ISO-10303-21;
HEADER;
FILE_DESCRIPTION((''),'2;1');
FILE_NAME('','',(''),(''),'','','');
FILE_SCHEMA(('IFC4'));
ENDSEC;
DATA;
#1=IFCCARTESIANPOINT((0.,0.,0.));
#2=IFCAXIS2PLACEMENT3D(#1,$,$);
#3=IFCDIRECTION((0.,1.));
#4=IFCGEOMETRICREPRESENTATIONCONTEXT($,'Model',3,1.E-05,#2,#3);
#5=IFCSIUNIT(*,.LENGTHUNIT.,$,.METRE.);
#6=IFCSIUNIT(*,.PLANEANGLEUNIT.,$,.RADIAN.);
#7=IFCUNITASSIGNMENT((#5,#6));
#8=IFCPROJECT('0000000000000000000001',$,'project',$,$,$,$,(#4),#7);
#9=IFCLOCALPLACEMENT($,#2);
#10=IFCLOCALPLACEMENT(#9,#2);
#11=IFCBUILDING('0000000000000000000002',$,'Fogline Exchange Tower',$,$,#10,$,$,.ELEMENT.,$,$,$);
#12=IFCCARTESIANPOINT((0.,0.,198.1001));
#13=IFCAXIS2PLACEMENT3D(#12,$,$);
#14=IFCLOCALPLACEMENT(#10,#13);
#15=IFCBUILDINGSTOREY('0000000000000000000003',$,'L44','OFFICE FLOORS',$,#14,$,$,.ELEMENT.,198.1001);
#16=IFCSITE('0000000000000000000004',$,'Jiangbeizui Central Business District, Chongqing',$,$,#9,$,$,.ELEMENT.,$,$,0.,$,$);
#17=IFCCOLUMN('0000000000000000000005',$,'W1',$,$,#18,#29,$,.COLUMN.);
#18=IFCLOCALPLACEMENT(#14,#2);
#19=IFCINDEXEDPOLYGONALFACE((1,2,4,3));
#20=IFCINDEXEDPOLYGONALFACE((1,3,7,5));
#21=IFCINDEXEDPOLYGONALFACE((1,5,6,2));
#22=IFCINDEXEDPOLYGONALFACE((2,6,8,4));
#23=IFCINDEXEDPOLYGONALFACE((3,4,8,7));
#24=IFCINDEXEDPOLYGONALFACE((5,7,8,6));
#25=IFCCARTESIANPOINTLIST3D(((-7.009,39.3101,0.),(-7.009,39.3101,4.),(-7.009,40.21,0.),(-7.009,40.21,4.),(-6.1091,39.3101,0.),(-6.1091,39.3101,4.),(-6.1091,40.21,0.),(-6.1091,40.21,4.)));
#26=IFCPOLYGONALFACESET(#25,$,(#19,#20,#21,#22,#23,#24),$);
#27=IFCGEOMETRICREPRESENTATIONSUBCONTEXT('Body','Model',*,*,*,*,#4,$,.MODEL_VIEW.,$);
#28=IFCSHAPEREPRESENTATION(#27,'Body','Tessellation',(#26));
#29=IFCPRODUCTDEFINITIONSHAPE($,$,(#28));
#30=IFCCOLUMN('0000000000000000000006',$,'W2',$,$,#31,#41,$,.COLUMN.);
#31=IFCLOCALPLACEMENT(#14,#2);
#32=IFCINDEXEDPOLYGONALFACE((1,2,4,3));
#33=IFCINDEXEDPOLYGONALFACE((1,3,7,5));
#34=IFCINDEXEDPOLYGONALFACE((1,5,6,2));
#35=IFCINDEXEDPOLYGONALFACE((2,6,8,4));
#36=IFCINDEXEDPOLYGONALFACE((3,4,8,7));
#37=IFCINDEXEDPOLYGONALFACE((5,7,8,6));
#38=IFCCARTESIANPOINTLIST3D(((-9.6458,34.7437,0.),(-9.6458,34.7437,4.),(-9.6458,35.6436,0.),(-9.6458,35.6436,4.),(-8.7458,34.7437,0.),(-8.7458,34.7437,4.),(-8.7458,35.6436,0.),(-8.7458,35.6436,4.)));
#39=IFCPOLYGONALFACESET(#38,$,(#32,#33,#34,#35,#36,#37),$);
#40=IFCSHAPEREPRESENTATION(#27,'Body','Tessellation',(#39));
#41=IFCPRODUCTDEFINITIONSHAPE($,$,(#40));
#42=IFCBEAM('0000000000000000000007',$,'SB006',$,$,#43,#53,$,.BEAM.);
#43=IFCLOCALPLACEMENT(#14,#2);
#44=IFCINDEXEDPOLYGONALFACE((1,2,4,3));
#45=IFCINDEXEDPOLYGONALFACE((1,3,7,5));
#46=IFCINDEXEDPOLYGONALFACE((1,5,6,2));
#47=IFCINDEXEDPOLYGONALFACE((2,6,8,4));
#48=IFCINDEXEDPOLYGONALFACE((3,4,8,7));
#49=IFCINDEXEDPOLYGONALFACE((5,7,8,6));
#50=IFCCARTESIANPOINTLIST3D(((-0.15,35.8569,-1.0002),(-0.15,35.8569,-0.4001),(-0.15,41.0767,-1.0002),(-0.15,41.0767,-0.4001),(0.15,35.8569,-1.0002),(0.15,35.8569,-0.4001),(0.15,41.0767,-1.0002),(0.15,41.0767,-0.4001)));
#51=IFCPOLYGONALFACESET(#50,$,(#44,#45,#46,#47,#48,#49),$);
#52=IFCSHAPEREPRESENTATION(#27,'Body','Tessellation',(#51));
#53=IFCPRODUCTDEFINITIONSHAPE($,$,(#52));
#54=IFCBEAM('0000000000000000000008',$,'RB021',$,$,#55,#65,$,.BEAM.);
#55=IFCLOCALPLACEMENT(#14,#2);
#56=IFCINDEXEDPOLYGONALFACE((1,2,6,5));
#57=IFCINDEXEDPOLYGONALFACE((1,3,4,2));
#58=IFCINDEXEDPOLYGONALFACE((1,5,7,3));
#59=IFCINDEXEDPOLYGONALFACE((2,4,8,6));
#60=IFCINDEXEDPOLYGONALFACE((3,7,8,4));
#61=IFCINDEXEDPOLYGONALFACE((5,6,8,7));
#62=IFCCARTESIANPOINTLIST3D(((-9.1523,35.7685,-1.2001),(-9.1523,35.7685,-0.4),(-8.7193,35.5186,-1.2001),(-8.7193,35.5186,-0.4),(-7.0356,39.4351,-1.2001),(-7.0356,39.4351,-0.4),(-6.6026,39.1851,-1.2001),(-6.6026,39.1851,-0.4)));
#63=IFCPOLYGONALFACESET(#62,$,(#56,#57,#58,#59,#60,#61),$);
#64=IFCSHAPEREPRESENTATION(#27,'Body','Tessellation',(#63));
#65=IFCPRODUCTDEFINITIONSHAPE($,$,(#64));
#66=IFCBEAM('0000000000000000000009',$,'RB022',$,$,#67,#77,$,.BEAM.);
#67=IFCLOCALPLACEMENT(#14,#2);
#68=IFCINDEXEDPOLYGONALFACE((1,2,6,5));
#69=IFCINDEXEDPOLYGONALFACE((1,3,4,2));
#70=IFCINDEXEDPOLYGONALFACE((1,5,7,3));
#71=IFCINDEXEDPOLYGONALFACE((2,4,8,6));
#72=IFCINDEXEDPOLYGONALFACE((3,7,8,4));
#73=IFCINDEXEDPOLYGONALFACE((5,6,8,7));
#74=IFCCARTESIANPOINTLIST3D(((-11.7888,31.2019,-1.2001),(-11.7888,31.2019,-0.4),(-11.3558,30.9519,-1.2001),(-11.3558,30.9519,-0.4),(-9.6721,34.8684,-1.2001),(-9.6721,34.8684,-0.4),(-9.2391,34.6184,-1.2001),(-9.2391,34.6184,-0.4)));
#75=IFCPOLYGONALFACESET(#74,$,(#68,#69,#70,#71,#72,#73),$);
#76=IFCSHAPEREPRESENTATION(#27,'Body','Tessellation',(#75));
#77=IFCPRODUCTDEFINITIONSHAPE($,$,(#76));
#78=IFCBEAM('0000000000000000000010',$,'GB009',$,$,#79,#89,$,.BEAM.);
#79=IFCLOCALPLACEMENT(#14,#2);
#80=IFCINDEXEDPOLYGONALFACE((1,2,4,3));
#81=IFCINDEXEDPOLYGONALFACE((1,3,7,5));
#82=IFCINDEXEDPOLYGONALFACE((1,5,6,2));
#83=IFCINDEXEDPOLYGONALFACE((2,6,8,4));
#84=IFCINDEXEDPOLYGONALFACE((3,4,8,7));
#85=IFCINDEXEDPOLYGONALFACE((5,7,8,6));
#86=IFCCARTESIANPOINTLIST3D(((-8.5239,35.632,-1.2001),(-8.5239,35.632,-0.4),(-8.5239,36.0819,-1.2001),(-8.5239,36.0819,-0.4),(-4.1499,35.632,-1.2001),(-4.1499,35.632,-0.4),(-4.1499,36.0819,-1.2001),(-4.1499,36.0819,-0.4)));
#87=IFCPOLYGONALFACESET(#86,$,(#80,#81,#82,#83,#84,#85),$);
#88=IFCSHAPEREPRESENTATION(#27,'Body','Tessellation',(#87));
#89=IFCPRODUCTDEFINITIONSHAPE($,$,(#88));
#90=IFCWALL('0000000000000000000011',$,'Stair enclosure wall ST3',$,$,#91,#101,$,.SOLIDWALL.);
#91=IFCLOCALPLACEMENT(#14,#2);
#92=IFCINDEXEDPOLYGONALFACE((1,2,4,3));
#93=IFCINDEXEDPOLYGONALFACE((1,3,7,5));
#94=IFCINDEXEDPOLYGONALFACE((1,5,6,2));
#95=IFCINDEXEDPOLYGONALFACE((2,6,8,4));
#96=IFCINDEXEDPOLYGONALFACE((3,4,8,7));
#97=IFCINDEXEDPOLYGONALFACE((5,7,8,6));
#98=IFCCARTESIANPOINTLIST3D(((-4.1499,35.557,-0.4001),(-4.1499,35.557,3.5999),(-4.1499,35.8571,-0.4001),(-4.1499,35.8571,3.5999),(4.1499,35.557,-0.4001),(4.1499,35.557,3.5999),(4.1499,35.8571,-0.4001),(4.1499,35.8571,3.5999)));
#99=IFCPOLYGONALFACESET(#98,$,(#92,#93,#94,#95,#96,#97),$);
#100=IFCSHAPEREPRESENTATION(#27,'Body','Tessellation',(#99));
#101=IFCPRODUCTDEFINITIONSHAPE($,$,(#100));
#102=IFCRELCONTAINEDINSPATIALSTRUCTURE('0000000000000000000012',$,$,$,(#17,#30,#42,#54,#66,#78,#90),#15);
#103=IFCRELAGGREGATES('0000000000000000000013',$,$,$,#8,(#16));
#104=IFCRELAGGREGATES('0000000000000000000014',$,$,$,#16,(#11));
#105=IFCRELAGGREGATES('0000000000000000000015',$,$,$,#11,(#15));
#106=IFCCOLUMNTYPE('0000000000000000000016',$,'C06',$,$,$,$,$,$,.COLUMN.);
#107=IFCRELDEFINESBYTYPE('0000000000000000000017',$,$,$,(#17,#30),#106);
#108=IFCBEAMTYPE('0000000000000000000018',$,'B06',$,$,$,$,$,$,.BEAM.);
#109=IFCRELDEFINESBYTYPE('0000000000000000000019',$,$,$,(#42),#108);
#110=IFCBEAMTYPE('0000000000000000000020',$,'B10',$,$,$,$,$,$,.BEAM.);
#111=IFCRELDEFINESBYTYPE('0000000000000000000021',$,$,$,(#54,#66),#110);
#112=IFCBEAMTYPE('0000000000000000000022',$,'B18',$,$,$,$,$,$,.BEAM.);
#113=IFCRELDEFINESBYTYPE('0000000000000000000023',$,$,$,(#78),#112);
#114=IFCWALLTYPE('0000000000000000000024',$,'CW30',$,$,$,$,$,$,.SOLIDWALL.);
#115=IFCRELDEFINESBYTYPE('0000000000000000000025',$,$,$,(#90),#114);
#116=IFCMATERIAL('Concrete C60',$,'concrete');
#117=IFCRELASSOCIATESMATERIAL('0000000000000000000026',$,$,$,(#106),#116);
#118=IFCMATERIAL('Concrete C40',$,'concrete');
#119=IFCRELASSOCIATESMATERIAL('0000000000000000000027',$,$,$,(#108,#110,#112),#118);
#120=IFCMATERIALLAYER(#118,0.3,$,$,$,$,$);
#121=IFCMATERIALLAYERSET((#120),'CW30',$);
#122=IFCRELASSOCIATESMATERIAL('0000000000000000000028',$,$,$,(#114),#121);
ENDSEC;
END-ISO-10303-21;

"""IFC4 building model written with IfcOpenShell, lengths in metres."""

from ifc_helpers import new_model, si_unit, direction, frame, frame_2d, origin, origin_2d, place, context, subcontext, project, spatial, rectangle, extrude, material, layer, layer_set, material_profile, profile_set, type_object, element, save


model = new_model("IFC4")

# Units and contexts
model_context = context("Model", 3, precision=1e-05, world=origin(), true_north=direction((0.0, 1.0)))
body_context = subcontext(model_context, "Body", "Model", "MODEL_VIEW")
ifc_project = project(units=[si_unit("LENGTHUNIT", "METRE"), si_unit("PLANEANGLEUNIT", "RADIAN")], contexts=[model_context])

# Site, building, storey
site_placement = place(None, origin())
site = spatial("IfcSite", under=ifc_project, at=site_placement, Name="Jiangbeizui Central Business District, Chongqing", CompositionType="ELEMENT", RefElevation=0.0)
building_placement = place(site_placement, origin())
building = spatial("IfcBuilding", under=site, at=building_placement, Name="Fogline Exchange Tower", CompositionType="ELEMENT")
storey_placement = place(building_placement, frame((0.0, 0.0, 198.1001)))
storey = spatial("IfcBuildingStorey", under=building, at=storey_placement, Name="L44", Description="OFFICE FLOORS", CompositionType="ELEMENT", Elevation=198.1001)

# Columns
ifc_material_1 = material(Name="Concrete C60", Category="concrete")
ifc_material_profile_1 = material_profile(ifc_material_1, rectangle(XDim=0.8999, YDim=0.8999, at=origin_2d()), Name="RC 900x900")
ifc_profile_set_1 = profile_set([ifc_material_profile_1], Name="Concrete C60")
column_type = type_object("IfcColumnType", Name="C06", PredefinedType="COLUMN", material=ifc_profile_set_1)
for number, where, z_axis, x_axis, name in (
    (1, (-6.5591, 39.76, 0.0), (0.0, 0.0, 1.0), (1.0, 0.0, 0.0), "W1"),
    (2, (-9.1958, 35.1936, 0.0), (0.0, 0.0, 1.0), (1.0, 0.0, 0.0), "W2"),
):
    element("IfcColumn", number, at=place(storey_placement, frame(where, z_axis=z_axis, x_axis=x_axis)), inside=storey, type_object=column_type, Name=name, PredefinedType="COLUMN", context=body_context, shape_type="SweptSolid", body=[
        extrude(rectangle(XDim=0.8999, YDim=0.8999, at=origin_2d()), origin(), (0.0, 0.0, 1.0), 4.0),
    ])

# Beams
ifc_material_2 = material(Name="Concrete C40", Category="concrete")
ifc_material_profile_2 = material_profile(ifc_material_2, rectangle(XDim=0.3, YDim=0.6001, at=origin_2d()), Name="RC 300x600")
ifc_profile_set_2 = profile_set([ifc_material_profile_2], Name="Concrete C40")
beam_type_1 = type_object("IfcBeamType", Name="B06", PredefinedType="BEAM", material=ifc_profile_set_2)
beam_1_placement = place(storey_placement, frame((0.0, 35.8569, -0.7002), z_axis=(0.0, 1.0, 0.0), x_axis=(-1.0, 0.0, 0.0)))
element("IfcBeam", 3, at=beam_1_placement, inside=storey, type_object=beam_type_1, Name="SB006", PredefinedType="BEAM", context=body_context, shape_type="SweptSolid", body=[
    extrude(rectangle(XDim=0.3, YDim=0.6001, at=origin_2d()), origin(), (0.0, 0.0, 1.0), 5.2197),
])
ifc_material_profile_3 = material_profile(ifc_material_2, rectangle(XDim=0.5, YDim=0.8, at=origin_2d()), Name="RC 500x800")
ifc_profile_set_3 = profile_set([ifc_material_profile_3], Name="Concrete C40")
beam_type_2 = type_object("IfcBeamType", Name="B10", PredefinedType="BEAM", material=ifc_profile_set_3)
for number, where, z_axis, x_axis, name in (
    (4, (-6.8191, 39.3101, -0.8), (-0.499972, -0.866042, 0.0), (0.866042, -0.499972, 0.0), "RB021"),
    (5, (-9.4556, 34.7434, -0.8), (-0.499972, -0.866042, 0.0), (0.866042, -0.499972, 0.0), "RB022"),
):
    element("IfcBeam", number, at=place(storey_placement, frame(where, z_axis=z_axis, x_axis=x_axis)), inside=storey, type_object=beam_type_2, Name=name, PredefinedType="BEAM", context=body_context, shape_type="SweptSolid", body=[
        extrude(rectangle(XDim=0.5, YDim=0.8, at=origin_2d()), origin(), (0.0, 0.0, 1.0), 4.2336),
    ])
ifc_material_profile_4 = material_profile(ifc_material_2, rectangle(XDim=0.45, YDim=0.8, at=origin_2d()), Name="RC 450x800")
ifc_profile_set_4 = profile_set([ifc_material_profile_4], Name="Concrete C40")
beam_type_3 = type_object("IfcBeamType", Name="B18", PredefinedType="BEAM", material=ifc_profile_set_4)
beam_2_placement = place(storey_placement, frame((-8.5239, 35.8569, -0.8), z_axis=(1.0, 0.0, 0.0), x_axis=(0.0, 1.0, 0.0)))
element("IfcBeam", 6, at=beam_2_placement, inside=storey, type_object=beam_type_3, Name="GB009", PredefinedType="BEAM", context=body_context, shape_type="SweptSolid", body=[
    extrude(rectangle(XDim=0.45, YDim=0.8, at=origin_2d()), origin(), (0.0, 0.0, 1.0), 4.374),
])

# Wall
ifc_layer = layer(ifc_material_2, 0.3)
ifc_layer_set = layer_set([ifc_layer], Name="CW30")
wall_type = type_object("IfcWallType", Name="CW30", PredefinedType="SOLIDWALL", material=ifc_layer_set)
wall_placement = place(storey_placement, frame((-4.1499, 35.707, -0.4001), z_axis=(0.0, 0.0, 1.0), x_axis=(1.0, 0.0, 0.0)))
element("IfcWall", 7, at=wall_placement, inside=storey, type_object=wall_type, Name="Stair enclosure wall ST3", PredefinedType="SOLIDWALL", context=body_context, shape_type="SweptSolid", body=[
    extrude(rectangle(XDim=8.2998, YDim=0.3, at=frame_2d((4.1499, 0.0))), origin(), (0.0, 0.0, 1.0), 4.0),
])

save(model, "model.ifc")
